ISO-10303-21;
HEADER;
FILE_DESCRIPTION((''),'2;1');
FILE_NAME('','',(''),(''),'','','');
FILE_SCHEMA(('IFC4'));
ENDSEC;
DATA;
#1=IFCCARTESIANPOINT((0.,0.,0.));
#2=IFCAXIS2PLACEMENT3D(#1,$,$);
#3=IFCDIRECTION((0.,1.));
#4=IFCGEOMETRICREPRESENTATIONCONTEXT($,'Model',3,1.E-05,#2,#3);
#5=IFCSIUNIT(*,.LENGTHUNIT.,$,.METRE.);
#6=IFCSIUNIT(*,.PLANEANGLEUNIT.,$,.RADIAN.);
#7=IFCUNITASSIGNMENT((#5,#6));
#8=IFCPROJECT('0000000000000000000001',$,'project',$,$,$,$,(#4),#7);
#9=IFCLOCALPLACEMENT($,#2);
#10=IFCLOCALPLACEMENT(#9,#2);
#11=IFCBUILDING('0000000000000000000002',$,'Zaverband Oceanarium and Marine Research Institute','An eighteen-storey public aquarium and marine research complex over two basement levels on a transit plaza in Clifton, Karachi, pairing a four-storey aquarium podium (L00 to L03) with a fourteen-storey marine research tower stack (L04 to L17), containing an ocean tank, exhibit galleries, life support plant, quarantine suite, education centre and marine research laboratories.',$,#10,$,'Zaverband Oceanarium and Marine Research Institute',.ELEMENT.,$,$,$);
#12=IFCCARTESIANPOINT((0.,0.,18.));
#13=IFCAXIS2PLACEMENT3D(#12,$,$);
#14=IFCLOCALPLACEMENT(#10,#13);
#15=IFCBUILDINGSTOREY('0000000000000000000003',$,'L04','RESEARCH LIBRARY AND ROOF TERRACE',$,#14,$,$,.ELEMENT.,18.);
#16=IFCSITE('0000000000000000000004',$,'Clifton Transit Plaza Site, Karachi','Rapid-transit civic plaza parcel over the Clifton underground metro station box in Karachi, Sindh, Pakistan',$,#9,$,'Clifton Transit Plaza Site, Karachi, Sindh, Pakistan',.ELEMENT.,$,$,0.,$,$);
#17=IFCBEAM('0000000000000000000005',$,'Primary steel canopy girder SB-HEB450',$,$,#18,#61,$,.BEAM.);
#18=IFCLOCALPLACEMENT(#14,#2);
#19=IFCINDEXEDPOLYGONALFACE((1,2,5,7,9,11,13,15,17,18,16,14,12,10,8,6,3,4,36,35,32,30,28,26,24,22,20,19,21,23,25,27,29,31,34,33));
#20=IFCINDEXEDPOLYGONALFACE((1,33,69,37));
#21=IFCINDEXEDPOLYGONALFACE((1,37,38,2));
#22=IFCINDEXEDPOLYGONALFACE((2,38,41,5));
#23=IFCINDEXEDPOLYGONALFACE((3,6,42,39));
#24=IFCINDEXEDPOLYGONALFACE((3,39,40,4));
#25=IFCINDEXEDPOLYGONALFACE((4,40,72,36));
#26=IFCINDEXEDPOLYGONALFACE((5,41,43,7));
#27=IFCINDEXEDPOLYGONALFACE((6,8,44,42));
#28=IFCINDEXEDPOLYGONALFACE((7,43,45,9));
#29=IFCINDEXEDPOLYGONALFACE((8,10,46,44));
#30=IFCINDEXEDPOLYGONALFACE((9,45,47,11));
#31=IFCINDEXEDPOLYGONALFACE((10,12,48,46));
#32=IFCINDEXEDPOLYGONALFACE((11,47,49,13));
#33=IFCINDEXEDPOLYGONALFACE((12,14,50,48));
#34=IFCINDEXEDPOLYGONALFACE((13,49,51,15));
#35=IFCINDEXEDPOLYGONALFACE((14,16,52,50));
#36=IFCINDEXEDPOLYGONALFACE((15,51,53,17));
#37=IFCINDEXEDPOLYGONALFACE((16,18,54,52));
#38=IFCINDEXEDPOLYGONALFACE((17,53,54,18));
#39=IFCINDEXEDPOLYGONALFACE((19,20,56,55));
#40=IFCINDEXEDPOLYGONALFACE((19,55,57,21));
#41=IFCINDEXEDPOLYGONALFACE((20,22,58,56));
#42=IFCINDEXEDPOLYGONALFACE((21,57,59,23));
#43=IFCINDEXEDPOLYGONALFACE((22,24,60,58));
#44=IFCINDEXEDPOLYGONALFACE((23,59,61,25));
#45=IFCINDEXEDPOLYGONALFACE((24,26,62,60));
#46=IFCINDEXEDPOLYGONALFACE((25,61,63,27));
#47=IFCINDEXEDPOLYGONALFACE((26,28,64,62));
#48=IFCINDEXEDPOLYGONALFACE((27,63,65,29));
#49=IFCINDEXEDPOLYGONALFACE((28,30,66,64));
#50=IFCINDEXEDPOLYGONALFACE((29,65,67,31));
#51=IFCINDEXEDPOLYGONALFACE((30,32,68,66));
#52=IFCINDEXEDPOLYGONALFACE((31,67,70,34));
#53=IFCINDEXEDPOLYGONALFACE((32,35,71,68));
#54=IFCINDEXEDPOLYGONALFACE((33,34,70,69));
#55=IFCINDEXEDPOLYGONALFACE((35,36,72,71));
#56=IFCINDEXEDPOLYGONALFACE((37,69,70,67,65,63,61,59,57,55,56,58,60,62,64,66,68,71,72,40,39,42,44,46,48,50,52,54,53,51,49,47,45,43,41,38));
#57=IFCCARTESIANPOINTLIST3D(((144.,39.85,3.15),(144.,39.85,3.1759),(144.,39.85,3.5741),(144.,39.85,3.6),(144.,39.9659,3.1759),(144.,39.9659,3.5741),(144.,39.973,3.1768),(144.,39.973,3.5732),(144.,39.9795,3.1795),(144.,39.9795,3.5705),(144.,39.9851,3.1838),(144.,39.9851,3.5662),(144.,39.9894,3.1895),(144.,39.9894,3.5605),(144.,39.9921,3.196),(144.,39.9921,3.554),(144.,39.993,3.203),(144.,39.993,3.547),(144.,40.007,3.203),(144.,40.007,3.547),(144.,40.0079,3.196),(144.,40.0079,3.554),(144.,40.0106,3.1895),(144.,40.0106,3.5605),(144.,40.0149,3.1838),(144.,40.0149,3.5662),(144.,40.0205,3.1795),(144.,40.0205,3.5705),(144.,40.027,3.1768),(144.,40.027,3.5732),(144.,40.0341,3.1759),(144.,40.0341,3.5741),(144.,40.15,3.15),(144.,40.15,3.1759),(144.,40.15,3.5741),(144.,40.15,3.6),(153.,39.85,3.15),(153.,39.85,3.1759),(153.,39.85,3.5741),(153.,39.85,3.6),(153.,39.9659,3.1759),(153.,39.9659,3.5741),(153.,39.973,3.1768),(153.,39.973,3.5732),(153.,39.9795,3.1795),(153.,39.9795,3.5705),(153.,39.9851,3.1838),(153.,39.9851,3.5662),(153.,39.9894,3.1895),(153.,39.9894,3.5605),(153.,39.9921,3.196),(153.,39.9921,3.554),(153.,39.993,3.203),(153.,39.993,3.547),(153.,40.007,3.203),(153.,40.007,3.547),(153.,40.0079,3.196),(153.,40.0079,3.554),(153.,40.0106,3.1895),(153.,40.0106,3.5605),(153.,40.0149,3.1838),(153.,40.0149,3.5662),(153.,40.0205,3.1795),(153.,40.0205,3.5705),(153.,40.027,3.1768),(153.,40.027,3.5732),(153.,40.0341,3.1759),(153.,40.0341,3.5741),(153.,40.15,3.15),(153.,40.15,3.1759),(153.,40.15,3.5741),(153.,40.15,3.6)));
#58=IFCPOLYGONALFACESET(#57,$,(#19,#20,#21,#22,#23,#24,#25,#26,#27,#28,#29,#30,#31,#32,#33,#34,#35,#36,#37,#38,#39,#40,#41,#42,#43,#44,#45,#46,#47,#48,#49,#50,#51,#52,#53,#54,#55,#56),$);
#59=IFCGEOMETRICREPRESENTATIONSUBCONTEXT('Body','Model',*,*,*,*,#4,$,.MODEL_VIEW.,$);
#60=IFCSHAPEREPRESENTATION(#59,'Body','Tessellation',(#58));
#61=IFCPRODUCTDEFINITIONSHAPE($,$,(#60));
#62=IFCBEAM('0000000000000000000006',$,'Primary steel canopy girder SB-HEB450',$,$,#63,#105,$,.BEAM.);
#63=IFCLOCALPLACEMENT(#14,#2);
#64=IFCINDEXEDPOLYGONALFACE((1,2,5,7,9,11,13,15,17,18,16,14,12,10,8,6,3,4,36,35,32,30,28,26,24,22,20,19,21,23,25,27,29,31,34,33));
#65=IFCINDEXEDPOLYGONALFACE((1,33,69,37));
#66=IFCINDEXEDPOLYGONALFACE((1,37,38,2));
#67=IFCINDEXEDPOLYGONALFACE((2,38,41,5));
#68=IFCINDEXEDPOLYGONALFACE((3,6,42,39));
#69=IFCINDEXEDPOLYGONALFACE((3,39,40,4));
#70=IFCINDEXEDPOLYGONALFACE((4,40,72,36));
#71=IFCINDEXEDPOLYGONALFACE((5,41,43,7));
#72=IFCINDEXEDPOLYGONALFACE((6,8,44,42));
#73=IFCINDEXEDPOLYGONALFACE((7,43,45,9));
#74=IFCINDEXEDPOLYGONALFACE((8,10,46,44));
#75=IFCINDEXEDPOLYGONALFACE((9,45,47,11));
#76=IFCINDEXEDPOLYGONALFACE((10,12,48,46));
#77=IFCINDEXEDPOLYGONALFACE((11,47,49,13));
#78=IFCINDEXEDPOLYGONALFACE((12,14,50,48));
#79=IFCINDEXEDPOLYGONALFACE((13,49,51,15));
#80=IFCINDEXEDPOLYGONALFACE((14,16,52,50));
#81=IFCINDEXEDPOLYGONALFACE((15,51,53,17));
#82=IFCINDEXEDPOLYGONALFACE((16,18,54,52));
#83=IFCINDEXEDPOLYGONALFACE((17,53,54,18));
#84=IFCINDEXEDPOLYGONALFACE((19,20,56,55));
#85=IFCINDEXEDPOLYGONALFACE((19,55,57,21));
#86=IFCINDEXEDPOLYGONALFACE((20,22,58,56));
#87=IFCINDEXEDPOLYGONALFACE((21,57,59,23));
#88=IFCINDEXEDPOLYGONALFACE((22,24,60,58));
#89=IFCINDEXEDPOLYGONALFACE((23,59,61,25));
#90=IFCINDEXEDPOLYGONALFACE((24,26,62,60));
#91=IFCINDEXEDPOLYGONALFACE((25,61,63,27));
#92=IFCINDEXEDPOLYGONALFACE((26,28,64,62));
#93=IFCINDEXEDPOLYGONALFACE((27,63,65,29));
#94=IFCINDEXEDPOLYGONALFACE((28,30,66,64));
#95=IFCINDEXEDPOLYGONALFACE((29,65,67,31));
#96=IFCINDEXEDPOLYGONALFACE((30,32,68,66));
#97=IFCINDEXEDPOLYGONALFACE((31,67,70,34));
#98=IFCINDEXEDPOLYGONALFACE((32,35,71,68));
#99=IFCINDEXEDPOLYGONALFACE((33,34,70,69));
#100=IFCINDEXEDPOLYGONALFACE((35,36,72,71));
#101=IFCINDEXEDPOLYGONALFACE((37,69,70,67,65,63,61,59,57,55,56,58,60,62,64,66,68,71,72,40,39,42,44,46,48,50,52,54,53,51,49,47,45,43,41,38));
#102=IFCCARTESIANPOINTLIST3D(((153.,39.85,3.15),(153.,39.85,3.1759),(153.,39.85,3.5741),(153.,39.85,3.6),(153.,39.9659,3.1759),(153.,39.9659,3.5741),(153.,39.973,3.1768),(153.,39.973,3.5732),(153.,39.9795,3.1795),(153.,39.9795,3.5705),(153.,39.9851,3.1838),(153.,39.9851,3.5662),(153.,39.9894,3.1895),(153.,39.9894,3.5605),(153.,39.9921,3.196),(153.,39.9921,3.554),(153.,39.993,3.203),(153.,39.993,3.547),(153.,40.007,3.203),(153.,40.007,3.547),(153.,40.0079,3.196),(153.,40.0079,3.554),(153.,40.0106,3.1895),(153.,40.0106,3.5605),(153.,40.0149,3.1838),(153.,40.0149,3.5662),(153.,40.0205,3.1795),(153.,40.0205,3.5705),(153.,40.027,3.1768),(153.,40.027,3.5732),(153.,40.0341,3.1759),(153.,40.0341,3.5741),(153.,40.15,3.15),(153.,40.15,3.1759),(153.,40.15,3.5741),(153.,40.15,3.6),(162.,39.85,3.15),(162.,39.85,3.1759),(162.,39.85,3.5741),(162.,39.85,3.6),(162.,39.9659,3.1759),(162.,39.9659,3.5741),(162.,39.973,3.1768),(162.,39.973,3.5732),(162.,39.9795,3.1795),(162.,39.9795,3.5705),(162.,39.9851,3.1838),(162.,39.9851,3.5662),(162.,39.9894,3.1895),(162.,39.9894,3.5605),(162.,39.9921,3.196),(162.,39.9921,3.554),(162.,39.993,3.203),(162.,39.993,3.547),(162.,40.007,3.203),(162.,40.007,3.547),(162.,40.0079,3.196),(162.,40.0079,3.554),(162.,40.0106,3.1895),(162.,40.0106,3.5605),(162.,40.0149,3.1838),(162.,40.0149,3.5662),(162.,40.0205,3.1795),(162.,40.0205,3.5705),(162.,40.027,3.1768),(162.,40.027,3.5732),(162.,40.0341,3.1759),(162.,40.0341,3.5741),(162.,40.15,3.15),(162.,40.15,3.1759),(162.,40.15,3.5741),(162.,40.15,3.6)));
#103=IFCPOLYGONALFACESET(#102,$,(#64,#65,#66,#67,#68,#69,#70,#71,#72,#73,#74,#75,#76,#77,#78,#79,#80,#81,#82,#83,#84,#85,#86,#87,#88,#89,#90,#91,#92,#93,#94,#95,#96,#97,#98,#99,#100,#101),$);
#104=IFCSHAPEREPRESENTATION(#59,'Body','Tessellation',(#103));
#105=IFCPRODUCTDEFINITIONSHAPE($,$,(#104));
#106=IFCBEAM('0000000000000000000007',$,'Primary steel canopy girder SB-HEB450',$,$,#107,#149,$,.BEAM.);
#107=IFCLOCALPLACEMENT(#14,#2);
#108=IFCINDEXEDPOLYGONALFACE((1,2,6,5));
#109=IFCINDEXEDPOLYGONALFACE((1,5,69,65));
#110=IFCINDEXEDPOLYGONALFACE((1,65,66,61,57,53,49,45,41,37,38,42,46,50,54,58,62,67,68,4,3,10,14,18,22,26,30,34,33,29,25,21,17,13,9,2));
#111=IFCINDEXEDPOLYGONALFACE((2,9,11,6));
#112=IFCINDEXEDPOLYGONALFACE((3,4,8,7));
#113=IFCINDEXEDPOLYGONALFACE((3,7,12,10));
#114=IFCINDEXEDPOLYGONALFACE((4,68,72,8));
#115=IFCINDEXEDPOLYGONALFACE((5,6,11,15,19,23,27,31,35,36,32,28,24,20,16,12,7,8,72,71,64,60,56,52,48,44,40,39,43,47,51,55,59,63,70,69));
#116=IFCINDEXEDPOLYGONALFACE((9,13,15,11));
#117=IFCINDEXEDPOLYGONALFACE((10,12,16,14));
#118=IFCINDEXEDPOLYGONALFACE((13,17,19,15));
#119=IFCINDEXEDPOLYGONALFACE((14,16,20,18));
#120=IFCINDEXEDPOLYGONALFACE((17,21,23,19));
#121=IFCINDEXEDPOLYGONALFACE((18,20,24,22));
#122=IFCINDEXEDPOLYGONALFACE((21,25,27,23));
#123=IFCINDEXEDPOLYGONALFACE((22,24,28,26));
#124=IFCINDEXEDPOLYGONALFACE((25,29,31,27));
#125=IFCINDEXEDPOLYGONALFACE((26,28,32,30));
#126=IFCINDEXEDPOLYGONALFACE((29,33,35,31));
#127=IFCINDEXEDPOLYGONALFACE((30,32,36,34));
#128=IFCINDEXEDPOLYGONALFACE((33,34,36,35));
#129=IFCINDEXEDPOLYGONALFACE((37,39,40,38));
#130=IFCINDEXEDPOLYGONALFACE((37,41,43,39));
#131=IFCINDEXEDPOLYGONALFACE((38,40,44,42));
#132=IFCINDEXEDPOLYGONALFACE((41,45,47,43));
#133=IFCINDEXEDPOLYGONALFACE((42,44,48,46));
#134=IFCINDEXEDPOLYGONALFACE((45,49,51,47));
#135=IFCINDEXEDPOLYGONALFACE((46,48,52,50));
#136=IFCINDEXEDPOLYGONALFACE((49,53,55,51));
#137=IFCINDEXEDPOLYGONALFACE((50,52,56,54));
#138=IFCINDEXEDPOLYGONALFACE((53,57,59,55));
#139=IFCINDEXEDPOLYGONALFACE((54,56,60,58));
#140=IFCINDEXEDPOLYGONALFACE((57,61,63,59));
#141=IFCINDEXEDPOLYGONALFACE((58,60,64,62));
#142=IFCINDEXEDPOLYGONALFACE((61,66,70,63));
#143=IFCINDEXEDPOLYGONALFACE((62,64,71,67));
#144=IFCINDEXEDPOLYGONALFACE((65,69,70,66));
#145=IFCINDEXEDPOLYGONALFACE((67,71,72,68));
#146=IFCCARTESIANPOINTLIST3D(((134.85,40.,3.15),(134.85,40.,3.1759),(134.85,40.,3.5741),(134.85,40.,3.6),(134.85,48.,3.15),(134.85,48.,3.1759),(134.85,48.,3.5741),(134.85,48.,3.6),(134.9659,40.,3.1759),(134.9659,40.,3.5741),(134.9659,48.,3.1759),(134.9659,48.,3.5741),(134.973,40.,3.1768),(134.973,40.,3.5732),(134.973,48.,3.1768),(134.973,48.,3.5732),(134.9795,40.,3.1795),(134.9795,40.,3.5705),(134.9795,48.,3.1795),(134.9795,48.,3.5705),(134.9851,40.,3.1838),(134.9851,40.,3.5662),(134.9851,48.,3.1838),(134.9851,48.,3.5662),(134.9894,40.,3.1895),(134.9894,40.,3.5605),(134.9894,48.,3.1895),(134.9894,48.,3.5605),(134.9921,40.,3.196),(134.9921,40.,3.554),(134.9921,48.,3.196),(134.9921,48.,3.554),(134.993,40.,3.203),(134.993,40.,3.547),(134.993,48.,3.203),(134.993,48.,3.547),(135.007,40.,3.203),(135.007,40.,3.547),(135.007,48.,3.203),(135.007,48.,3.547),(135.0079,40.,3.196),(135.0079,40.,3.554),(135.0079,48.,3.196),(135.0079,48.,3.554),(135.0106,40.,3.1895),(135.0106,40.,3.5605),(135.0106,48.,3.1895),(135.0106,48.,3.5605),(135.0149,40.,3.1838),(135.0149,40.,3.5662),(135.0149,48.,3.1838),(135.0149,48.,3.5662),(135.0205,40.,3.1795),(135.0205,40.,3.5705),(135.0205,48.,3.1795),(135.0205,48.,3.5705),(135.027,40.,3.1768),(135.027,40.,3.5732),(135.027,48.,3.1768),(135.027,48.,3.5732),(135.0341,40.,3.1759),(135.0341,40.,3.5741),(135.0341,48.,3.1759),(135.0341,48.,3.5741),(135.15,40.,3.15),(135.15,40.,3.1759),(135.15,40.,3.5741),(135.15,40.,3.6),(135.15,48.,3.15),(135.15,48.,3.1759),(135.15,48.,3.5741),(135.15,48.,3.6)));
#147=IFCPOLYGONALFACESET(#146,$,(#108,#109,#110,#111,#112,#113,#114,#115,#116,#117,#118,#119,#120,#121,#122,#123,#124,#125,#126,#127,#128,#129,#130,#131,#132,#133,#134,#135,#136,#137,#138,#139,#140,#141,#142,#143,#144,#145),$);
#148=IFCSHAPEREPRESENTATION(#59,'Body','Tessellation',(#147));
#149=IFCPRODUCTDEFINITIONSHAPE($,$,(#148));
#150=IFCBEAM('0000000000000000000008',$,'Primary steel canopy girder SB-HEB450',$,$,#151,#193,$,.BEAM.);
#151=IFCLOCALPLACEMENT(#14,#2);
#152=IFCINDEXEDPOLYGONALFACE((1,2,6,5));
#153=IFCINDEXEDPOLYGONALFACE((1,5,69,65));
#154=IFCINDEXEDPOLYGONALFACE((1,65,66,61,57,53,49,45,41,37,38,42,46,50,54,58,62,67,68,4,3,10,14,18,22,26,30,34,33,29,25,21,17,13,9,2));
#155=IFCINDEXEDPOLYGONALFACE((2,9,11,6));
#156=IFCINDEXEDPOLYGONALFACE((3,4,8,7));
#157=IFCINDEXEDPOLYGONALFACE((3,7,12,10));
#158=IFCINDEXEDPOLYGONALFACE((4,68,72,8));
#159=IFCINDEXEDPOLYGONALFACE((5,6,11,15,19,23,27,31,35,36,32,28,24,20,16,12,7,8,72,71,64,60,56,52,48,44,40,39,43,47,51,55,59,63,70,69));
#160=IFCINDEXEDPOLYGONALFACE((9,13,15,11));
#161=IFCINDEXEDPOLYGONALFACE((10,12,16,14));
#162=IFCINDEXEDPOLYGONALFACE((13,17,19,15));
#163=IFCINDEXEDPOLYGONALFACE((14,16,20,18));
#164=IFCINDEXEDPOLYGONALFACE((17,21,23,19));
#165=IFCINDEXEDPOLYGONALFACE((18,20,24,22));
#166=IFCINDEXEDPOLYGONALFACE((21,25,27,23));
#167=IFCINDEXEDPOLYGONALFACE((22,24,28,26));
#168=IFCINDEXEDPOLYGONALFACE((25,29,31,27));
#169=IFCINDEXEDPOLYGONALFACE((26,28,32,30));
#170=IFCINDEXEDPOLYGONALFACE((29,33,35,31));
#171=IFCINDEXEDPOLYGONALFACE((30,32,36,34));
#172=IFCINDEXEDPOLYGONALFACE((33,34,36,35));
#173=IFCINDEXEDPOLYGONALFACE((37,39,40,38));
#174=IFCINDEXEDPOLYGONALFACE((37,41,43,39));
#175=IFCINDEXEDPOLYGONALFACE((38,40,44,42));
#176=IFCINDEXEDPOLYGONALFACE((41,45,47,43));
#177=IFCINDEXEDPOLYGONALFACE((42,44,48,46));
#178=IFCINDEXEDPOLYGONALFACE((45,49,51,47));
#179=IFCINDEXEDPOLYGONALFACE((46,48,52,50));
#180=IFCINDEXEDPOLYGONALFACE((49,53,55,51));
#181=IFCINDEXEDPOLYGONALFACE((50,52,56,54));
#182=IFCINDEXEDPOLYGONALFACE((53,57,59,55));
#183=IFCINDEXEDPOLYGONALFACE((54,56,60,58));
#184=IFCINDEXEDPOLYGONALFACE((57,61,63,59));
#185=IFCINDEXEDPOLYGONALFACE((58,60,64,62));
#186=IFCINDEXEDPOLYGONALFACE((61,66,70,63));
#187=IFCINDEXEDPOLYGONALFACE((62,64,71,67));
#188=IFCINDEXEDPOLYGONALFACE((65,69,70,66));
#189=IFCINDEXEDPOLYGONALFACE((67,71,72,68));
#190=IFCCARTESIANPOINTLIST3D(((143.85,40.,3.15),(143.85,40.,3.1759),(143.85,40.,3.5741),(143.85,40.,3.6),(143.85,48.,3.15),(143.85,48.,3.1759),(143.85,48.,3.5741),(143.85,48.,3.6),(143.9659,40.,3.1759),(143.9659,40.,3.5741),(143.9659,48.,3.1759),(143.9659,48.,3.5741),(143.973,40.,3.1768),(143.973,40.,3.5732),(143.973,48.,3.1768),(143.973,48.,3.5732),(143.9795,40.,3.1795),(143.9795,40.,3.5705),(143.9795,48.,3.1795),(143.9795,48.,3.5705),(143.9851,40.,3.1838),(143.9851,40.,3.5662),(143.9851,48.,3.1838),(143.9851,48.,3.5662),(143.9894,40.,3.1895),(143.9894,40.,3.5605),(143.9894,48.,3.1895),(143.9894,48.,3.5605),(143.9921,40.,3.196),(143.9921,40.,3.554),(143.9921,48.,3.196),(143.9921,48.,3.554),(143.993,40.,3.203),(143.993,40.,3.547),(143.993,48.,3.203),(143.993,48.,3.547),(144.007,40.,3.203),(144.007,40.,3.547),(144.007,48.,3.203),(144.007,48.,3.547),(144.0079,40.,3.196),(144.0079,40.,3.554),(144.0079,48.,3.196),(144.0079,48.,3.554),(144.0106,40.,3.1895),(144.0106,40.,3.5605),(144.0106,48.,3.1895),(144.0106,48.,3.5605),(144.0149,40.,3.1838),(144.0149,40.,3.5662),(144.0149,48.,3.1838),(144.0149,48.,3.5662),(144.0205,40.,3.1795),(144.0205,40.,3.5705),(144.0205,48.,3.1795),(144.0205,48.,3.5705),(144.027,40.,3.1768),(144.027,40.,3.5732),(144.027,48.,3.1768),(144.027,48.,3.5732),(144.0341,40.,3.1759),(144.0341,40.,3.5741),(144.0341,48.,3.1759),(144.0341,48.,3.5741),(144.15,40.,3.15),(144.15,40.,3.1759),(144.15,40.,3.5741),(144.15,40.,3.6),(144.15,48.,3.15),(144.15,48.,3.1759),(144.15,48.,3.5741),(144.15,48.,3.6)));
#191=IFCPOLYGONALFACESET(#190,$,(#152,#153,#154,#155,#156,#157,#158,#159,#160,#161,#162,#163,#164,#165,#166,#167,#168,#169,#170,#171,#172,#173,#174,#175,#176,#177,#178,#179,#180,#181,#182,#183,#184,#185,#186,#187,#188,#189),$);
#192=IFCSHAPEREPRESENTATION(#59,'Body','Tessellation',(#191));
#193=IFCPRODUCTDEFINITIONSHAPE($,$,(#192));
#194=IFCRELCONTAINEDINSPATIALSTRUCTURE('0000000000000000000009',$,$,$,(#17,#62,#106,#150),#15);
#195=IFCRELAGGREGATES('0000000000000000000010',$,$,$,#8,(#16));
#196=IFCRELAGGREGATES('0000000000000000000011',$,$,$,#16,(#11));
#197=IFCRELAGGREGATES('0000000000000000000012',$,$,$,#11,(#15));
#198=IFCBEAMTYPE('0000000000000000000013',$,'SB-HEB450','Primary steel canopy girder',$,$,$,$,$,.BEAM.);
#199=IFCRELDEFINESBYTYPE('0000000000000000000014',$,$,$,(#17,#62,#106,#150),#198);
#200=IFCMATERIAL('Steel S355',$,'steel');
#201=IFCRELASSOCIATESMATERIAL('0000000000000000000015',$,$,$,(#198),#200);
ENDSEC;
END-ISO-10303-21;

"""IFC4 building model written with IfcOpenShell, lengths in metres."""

from ifc_helpers import new_model, si_unit, direction, frame, origin, origin_2d, place, context, subcontext, project, spatial, i_section, extrude, material, material_profile, profile_set, type_object, element, save


model = new_model("IFC4")

# Units and contexts
model_context = context("Model", 3, precision=1e-05, world=origin(), true_north=direction((0.0, 1.0)))
body_context = subcontext(model_context, "Body", "Model", "MODEL_VIEW")
ifc_project = project(units=[si_unit("LENGTHUNIT", "METRE"), si_unit("PLANEANGLEUNIT", "RADIAN")], contexts=[model_context])

# Site, building, storey
site_placement = place(None, origin())
site = spatial("IfcSite", under=ifc_project, at=site_placement, Name="Clifton Transit Plaza Site, Karachi", Description="Rapid-transit civic plaza parcel over the Clifton underground metro station box in Karachi, Sindh, Pakistan", LongName="Clifton Transit Plaza Site, Karachi, Sindh, Pakistan", CompositionType="ELEMENT", RefElevation=0.0)
building_placement = place(site_placement, origin())
building = spatial("IfcBuilding", under=site, at=building_placement, Name="Zaverband Oceanarium and Marine Research Institute", Description="An eighteen-storey public aquarium and marine research complex over two basement levels on a transit plaza in Clifton, Karachi, pairing a four-storey aquarium podium (L00 to L03) with a fourteen-storey marine research tower stack (L04 to L17), containing an ocean tank, exhibit galleries, life support plant, quarantine suite, education centre and marine research laboratories.", LongName="Zaverband Oceanarium and Marine Research Institute", CompositionType="ELEMENT")
storey_placement = place(building_placement, frame((0.0, 0.0, 18.0)))
storey = spatial("IfcBuildingStorey", under=building, at=storey_placement, Name="L04", Description="RESEARCH LIBRARY AND ROOF TERRACE", CompositionType="ELEMENT", Elevation=18.0)

# Beams
ifc_material_1 = material(Name="Steel S355", Category="steel")
ifc_material_profile_1 = material_profile(ifc_material_1, i_section(OverallWidth=0.3, OverallDepth=0.45, WebThickness=0.0139, FlangeThickness=0.0259, FilletRadius=0.0271, at=origin_2d()), Name="HEB450")
ifc_profile_set_1 = profile_set([ifc_material_profile_1], Name="Steel S355")
beam_type_1 = type_object("IfcBeamType", Name="SB-HEB450", Description="Primary steel canopy girder", PredefinedType="BEAM", material=ifc_profile_set_1)
for number, where, z_axis, x_axis, name in (
    (1, (144.0, 40.0, 3.375), (1.0, 0.0, 0.0), (0.0, 1.0, 0.0), "Primary steel canopy girder SB-HEB450"),
    (2, (153.0, 40.0, 3.375), (1.0, 0.0, 0.0), (0.0, 1.0, 0.0), "Primary steel canopy girder SB-HEB450"),
):
    element("IfcBeam", number, at=place(storey_placement, frame(where, z_axis=z_axis, x_axis=x_axis)), inside=storey, type_object=beam_type_1, Name=name, PredefinedType="BEAM", context=body_context, shape_type="SweptSolid", body=[
        extrude(i_section(OverallWidth=0.3, OverallDepth=0.45, WebThickness=0.0139, FlangeThickness=0.0259, FilletRadius=0.0271, at=origin_2d()), origin(), (0.0, 0.0, 1.0), 9.0),
    ])
for number, where, z_axis, x_axis, name in (
    (3, (135.0, 40.0, 3.375), (0.0, 1.0, 0.0), (-1.0, 0.0, 0.0), "Primary steel canopy girder SB-HEB450"),
    (4, (144.0, 40.0, 3.375), (0.0, 1.0, 0.0), (-1.0, 0.0, 0.0), "Primary steel canopy girder SB-HEB450"),
):
    element("IfcBeam", number, at=place(storey_placement, frame(where, z_axis=z_axis, x_axis=x_axis)), inside=storey, type_object=beam_type_1, Name=name, PredefinedType="BEAM", context=body_context, shape_type="SweptSolid", body=[
        extrude(i_section(OverallWidth=0.3, OverallDepth=0.45, WebThickness=0.0139, FlangeThickness=0.0259, FilletRadius=0.0271, at=origin_2d()), origin(), (0.0, 0.0, 1.0), 8.0),
    ])

save(model, "model.ifc")
